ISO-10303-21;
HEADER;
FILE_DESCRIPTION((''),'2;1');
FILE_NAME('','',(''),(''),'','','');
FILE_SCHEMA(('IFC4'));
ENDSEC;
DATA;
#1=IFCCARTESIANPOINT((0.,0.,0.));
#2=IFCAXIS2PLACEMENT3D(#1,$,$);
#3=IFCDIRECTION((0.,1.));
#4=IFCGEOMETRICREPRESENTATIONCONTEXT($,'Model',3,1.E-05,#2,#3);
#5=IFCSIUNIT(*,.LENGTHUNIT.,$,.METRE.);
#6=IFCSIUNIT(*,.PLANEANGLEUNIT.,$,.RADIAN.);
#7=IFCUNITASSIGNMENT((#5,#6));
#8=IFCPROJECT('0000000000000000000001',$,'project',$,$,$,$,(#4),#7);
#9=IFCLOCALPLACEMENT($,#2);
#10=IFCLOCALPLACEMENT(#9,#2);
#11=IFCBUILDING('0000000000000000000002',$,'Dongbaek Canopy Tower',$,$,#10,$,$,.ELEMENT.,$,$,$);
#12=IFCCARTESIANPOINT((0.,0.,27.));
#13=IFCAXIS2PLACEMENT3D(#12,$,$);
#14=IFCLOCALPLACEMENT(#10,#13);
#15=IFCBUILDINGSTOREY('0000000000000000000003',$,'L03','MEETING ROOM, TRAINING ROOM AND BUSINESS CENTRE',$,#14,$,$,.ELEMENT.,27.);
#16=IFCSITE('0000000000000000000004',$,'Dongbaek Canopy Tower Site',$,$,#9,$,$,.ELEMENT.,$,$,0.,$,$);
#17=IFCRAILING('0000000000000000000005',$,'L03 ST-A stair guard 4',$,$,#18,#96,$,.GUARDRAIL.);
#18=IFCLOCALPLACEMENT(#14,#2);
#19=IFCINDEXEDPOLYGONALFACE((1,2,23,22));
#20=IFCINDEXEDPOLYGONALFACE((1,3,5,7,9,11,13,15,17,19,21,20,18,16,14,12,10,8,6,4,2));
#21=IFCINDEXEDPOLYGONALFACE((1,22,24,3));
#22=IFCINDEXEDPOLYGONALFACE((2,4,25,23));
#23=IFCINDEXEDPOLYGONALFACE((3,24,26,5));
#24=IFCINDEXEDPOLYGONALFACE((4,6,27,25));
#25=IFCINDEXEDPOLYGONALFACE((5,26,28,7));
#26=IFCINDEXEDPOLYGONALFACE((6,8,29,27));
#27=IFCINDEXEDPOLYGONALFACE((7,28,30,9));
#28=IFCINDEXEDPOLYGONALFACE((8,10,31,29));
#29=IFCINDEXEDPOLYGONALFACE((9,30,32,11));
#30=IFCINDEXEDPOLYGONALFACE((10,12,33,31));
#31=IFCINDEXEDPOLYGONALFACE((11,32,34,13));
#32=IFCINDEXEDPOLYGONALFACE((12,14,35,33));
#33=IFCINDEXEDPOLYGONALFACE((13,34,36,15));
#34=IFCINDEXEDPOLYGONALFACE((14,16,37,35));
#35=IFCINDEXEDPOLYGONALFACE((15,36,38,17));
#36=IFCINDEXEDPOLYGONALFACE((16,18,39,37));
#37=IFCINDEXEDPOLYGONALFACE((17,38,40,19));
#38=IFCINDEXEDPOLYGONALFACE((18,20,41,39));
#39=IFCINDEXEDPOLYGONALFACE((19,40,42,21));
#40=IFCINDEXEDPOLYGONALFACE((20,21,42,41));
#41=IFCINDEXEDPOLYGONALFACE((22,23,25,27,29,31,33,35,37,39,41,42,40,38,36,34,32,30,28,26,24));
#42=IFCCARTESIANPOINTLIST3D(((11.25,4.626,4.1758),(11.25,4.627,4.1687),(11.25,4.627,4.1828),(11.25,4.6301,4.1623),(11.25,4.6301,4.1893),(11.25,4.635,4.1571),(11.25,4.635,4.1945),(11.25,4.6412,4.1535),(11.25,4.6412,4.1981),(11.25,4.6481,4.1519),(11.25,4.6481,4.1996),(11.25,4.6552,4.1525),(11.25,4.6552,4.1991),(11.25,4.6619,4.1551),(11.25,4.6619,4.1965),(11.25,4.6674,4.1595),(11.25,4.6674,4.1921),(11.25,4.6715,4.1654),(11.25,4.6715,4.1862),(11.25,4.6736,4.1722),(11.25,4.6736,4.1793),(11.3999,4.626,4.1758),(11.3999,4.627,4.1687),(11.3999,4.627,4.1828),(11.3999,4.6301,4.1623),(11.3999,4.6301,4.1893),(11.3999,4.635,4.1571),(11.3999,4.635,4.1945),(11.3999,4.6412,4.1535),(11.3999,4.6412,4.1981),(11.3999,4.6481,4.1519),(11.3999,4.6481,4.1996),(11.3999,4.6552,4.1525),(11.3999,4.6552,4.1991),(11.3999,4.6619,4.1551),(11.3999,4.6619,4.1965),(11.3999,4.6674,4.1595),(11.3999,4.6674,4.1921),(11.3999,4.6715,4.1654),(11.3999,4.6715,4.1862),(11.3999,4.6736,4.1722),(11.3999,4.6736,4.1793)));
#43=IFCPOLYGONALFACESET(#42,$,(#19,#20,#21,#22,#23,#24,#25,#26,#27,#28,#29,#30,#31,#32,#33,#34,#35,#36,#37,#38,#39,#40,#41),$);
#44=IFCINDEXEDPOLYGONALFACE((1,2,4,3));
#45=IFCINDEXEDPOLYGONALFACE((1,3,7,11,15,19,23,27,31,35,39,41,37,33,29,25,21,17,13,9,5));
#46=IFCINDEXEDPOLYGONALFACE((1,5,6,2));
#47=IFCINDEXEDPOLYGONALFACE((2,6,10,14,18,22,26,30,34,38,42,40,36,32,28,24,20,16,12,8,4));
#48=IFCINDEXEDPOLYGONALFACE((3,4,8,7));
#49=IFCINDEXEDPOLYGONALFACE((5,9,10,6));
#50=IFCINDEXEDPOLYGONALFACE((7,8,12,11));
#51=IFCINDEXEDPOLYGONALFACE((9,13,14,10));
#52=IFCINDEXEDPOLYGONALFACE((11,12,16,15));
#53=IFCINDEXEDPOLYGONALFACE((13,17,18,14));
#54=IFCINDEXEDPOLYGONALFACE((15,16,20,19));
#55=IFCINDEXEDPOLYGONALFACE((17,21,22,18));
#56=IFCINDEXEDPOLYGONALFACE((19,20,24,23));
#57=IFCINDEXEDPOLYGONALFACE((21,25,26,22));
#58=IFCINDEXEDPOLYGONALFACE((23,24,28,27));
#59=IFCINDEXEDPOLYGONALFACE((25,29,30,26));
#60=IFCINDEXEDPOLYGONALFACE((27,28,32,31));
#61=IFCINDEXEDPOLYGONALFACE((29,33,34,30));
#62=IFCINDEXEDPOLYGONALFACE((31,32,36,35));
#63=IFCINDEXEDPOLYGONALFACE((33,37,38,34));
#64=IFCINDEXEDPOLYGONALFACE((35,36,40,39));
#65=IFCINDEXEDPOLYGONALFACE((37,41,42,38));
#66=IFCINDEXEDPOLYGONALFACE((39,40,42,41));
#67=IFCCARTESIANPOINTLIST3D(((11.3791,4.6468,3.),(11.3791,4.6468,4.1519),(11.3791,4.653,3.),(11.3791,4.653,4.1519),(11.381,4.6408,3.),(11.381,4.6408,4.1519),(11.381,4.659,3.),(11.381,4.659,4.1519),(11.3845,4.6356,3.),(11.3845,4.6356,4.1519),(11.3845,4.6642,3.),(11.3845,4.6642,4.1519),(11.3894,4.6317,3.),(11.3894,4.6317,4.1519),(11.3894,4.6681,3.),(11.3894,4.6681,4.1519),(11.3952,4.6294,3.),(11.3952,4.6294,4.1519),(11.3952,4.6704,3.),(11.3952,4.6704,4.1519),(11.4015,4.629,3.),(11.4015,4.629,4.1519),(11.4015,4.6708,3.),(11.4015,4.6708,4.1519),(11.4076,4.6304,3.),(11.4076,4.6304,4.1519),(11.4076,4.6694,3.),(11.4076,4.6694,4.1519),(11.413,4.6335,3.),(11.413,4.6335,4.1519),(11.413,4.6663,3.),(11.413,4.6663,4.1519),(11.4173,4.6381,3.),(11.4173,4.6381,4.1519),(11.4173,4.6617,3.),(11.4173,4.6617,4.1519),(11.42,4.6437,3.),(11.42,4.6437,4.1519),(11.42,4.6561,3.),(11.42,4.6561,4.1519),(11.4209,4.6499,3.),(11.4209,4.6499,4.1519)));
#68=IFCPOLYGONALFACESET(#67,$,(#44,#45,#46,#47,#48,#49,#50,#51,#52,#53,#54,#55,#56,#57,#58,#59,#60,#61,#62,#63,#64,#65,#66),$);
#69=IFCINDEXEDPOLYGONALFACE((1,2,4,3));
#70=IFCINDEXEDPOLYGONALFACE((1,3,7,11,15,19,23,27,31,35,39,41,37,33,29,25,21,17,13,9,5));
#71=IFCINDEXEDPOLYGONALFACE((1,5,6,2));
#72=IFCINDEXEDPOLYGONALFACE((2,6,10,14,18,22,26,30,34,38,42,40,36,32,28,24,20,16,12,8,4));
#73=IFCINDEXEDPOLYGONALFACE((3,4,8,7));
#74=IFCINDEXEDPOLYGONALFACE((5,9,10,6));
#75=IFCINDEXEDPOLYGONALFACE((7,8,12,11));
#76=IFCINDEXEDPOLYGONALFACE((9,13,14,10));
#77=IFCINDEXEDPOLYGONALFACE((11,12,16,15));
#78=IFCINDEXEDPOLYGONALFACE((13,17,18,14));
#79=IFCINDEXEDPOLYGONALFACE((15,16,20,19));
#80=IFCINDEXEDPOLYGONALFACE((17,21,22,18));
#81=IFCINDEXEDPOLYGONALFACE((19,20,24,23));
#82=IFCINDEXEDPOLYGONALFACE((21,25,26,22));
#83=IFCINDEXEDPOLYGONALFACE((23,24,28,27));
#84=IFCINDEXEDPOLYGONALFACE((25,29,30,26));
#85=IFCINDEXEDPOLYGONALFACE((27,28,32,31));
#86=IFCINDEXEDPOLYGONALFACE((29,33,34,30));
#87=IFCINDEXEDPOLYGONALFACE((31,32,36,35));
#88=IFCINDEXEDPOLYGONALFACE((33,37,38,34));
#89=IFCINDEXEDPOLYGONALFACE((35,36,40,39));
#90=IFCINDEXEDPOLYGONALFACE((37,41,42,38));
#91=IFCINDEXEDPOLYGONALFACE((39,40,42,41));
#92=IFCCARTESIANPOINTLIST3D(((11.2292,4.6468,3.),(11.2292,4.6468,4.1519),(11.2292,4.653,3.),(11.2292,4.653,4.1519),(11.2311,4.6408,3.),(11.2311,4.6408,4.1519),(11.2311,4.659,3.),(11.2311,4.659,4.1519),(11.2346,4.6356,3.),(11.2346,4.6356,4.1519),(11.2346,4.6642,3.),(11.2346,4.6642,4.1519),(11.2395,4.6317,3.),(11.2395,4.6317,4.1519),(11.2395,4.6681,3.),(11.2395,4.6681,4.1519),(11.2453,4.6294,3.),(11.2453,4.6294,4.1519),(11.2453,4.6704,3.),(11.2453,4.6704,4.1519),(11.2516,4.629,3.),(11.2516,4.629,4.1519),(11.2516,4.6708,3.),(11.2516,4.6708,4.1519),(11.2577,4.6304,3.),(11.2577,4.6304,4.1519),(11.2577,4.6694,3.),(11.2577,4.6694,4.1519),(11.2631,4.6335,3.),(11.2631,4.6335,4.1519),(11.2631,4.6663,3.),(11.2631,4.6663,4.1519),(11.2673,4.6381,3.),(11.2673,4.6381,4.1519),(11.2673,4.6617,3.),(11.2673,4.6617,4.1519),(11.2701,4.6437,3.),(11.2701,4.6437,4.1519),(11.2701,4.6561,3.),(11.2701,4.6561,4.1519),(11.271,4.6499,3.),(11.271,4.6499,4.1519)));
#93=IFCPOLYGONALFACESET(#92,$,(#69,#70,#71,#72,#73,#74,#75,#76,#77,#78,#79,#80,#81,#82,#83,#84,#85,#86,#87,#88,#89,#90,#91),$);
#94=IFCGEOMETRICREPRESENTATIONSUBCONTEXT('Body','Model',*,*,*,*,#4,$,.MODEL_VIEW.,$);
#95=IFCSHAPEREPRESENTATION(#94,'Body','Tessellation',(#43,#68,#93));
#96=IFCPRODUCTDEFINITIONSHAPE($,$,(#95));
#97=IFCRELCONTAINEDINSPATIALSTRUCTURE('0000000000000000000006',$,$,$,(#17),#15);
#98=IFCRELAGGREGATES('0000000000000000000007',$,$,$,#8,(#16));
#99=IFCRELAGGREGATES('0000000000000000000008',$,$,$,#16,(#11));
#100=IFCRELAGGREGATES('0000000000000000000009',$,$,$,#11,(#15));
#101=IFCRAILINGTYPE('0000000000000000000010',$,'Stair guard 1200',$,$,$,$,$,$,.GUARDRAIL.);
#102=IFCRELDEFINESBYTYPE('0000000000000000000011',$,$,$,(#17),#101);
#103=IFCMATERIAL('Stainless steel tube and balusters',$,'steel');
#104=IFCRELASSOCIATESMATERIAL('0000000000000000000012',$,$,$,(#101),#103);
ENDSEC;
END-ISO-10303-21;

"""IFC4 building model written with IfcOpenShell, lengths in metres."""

from ifc_helpers import new_model, si_unit, direction, frame, origin, origin_2d, place, context, subcontext, project, spatial, circle, extrude, material, type_object, element, save


model = new_model("IFC4")

# Units and contexts
model_context = context("Model", 3, precision=1e-05, world=origin(), true_north=direction((0.0, 1.0)))
body_context = subcontext(model_context, "Body", "Model", "MODEL_VIEW")
ifc_project = project(units=[si_unit("LENGTHUNIT", "METRE"), si_unit("PLANEANGLEUNIT", "RADIAN")], contexts=[model_context])

# Site, building, storey
site_placement = place(None, origin())
site = spatial("IfcSite", under=ifc_project, at=site_placement, Name="Dongbaek Canopy Tower Site", CompositionType="ELEMENT", RefElevation=0.0)
building_placement = place(site_placement, origin())
building = spatial("IfcBuilding", under=site, at=building_placement, Name="Dongbaek Canopy Tower", CompositionType="ELEMENT")
storey_placement = place(building_placement, frame((0.0, 0.0, 27.0)))
storey = spatial("IfcBuildingStorey", under=building, at=storey_placement, Name="L03", Description="MEETING ROOM, TRAINING ROOM AND BUSINESS CENTRE", CompositionType="ELEMENT", Elevation=27.0)

# Railing
ifc_material_1 = material(Name="Stainless steel tube and balusters", Category="steel")
railing_type_1 = type_object("IfcRailingType", Name="Stair guard 1200", PredefinedType="GUARDRAIL", material=ifc_material_1)
railing_1_placement = place(storey_placement, frame((11.3999, 4.6499, 3.0)))
element("IfcRailing", 1, at=railing_1_placement, inside=storey, type_object=railing_type_1, Name="L03 ST-A stair guard 4", PredefinedType="GUARDRAIL", context=body_context, shape_type="SweptSolid", body=[
    extrude(circle(Radius=0.0239, at=origin_2d()), frame((0.0, 0.0, 1.1758), z_axis=(-1.0, 0.0, 0.0), x_axis=(0.0, -1.0, 0.0)), (0.0, 0.0, 1.0), 0.1499),
    extrude(circle(Radius=0.021, at=origin_2d()), origin(), (0.0, 0.0, 1.0), 1.1519),
    extrude(circle(Radius=0.021, at=origin_2d()), frame((-0.1499, 0.0, 0.0)), (0.0, 0.0, 1.0), 1.1519),
])

save(model, "model.ifc")
